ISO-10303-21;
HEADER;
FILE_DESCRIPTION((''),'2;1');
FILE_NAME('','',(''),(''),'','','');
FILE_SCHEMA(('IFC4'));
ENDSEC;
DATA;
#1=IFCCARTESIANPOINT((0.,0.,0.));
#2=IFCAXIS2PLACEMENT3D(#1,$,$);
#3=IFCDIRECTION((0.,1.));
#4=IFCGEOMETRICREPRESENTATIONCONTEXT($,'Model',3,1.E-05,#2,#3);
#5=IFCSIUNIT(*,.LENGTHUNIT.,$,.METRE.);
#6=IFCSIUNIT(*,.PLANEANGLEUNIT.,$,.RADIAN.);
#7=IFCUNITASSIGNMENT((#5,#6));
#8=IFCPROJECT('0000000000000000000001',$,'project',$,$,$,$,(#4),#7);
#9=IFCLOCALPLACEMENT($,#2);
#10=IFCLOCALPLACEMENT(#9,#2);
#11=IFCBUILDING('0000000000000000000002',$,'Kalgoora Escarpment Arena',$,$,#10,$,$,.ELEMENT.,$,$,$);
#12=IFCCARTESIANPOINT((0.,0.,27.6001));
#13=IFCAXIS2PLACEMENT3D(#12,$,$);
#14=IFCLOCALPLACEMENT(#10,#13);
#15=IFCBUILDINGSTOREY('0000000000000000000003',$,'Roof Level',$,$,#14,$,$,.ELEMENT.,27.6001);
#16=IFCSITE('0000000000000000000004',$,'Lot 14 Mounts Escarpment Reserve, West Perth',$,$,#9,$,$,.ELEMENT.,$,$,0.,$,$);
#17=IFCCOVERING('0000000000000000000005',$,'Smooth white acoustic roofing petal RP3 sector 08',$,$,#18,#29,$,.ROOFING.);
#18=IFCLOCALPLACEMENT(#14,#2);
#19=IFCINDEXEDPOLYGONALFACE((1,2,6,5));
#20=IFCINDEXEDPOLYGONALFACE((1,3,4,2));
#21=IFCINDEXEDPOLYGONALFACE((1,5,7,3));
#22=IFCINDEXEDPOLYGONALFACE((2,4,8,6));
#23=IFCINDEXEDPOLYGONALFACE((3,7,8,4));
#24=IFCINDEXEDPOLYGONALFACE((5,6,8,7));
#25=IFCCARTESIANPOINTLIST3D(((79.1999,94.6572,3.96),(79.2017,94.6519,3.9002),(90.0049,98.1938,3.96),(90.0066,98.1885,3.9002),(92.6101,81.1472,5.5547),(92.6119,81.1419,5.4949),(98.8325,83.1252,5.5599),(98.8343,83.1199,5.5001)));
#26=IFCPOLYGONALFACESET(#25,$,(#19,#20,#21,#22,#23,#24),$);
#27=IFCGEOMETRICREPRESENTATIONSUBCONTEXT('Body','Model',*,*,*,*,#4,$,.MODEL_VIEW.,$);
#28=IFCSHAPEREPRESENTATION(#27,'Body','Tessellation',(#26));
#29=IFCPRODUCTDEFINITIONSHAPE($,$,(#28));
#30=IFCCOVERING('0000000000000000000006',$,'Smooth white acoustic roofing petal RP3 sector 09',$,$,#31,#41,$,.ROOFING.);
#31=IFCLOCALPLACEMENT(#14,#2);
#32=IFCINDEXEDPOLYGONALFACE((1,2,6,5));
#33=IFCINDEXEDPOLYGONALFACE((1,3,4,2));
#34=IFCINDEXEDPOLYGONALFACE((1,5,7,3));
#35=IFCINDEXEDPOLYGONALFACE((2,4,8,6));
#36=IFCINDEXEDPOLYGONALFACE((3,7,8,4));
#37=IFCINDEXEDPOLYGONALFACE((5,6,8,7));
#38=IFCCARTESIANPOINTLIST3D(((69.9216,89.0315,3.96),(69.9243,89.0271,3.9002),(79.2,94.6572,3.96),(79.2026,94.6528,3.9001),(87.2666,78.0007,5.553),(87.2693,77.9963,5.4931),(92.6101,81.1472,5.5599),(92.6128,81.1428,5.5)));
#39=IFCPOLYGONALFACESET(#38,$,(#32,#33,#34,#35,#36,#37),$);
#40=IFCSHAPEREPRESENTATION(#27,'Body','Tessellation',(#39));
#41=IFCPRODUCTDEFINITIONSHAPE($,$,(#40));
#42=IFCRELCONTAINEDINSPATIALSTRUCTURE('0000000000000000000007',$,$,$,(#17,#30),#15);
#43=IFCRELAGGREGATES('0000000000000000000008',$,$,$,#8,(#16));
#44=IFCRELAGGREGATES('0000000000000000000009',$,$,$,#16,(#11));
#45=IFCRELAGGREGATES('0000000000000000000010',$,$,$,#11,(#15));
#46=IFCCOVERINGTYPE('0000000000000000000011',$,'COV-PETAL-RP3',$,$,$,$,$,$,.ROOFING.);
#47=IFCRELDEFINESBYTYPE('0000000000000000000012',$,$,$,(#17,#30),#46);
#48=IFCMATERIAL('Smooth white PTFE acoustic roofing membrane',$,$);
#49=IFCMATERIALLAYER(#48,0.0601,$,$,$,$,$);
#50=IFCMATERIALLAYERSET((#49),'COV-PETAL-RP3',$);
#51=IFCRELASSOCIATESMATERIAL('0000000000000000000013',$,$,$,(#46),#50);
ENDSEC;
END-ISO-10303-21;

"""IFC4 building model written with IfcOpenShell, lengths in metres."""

from ifc_helpers import new_model, si_unit, direction, frame, origin, place, context, subcontext, project, spatial, polyline, outline, extrude, material, layer, layer_set, type_object, element, save


model = new_model("IFC4")

# Units and contexts
model_context = context("Model", 3, precision=1e-05, world=origin(), true_north=direction((0.0, 1.0)))
body_context = subcontext(model_context, "Body", "Model", "MODEL_VIEW")
ifc_project = project(units=[si_unit("LENGTHUNIT", "METRE"), si_unit("PLANEANGLEUNIT", "RADIAN")], contexts=[model_context])

# Site, building, storey
site_placement = place(None, origin())
site = spatial("IfcSite", under=ifc_project, at=site_placement, Name="Lot 14 Mounts Escarpment Reserve, West Perth", CompositionType="ELEMENT", RefElevation=0.0)
building_placement = place(site_placement, origin())
building = spatial("IfcBuilding", under=site, at=building_placement, Name="Kalgoora Escarpment Arena", CompositionType="ELEMENT")
storey_placement = place(building_placement, frame((0.0, 0.0, 27.6001)))
storey = spatial("IfcBuildingStorey", under=building, at=storey_placement, Name="Roof Level", CompositionType="ELEMENT", Elevation=27.6001)

# Coverings
ifc_material_1 = material(Name="Smooth white PTFE acoustic roofing membrane")
ifc_layer_1 = layer(ifc_material_1, 0.0601)
ifc_layer_set_1 = layer_set([ifc_layer_1], Name="COV-PETAL-RP3")
covering_type = type_object("IfcCoveringType", Name="COV-PETAL-RP3", PredefinedType="ROOFING", material=ifc_layer_set_1)
covering_1_placement = place(storey_placement, frame((90.0049, 98.1938, 3.96), z_axis=(-0.029029, 0.088706, 0.995635), x_axis=(-0.950385, -0.311075, 0.000006)))
element("IfcCovering", 1, at=covering_1_placement, inside=storey, type_object=covering_type, Name="Smooth white acoustic roofing petal RP3 sector 08", PredefinedType="ROOFING", context=body_context, shape_type="SweptSolid", body=[
    extrude(outline(polyline([(0.0, 0.0), (11.369, 0.0), (2.8268, 17.0859), (-3.7022, 17.1419), (0.0, 0.0)])), origin(), (0.0, 0.0, -1.0), 0.0601),
])
covering_2_placement = place(storey_placement, frame((79.2, 94.6572, 3.96), z_axis=(-0.044656, 0.073657, 0.996283), x_axis=(-0.855096, -0.51847, 0.000004)))
element("IfcCovering", 2, at=covering_2_placement, inside=storey, type_object=covering_type, Name="Smooth white acoustic roofing petal RP3 sector 09", PredefinedType="ROOFING", context=body_context, shape_type="SweptSolid", body=[
    extrude(outline(polyline([(0.0, 0.0), (10.8506, 0.0), (1.7381, 18.4939), (-4.4624, 18.5741), (0.0, 0.0)])), origin(), (0.0, 0.0, -1.0), 0.0601),
])

save(model, "model.ifc")
